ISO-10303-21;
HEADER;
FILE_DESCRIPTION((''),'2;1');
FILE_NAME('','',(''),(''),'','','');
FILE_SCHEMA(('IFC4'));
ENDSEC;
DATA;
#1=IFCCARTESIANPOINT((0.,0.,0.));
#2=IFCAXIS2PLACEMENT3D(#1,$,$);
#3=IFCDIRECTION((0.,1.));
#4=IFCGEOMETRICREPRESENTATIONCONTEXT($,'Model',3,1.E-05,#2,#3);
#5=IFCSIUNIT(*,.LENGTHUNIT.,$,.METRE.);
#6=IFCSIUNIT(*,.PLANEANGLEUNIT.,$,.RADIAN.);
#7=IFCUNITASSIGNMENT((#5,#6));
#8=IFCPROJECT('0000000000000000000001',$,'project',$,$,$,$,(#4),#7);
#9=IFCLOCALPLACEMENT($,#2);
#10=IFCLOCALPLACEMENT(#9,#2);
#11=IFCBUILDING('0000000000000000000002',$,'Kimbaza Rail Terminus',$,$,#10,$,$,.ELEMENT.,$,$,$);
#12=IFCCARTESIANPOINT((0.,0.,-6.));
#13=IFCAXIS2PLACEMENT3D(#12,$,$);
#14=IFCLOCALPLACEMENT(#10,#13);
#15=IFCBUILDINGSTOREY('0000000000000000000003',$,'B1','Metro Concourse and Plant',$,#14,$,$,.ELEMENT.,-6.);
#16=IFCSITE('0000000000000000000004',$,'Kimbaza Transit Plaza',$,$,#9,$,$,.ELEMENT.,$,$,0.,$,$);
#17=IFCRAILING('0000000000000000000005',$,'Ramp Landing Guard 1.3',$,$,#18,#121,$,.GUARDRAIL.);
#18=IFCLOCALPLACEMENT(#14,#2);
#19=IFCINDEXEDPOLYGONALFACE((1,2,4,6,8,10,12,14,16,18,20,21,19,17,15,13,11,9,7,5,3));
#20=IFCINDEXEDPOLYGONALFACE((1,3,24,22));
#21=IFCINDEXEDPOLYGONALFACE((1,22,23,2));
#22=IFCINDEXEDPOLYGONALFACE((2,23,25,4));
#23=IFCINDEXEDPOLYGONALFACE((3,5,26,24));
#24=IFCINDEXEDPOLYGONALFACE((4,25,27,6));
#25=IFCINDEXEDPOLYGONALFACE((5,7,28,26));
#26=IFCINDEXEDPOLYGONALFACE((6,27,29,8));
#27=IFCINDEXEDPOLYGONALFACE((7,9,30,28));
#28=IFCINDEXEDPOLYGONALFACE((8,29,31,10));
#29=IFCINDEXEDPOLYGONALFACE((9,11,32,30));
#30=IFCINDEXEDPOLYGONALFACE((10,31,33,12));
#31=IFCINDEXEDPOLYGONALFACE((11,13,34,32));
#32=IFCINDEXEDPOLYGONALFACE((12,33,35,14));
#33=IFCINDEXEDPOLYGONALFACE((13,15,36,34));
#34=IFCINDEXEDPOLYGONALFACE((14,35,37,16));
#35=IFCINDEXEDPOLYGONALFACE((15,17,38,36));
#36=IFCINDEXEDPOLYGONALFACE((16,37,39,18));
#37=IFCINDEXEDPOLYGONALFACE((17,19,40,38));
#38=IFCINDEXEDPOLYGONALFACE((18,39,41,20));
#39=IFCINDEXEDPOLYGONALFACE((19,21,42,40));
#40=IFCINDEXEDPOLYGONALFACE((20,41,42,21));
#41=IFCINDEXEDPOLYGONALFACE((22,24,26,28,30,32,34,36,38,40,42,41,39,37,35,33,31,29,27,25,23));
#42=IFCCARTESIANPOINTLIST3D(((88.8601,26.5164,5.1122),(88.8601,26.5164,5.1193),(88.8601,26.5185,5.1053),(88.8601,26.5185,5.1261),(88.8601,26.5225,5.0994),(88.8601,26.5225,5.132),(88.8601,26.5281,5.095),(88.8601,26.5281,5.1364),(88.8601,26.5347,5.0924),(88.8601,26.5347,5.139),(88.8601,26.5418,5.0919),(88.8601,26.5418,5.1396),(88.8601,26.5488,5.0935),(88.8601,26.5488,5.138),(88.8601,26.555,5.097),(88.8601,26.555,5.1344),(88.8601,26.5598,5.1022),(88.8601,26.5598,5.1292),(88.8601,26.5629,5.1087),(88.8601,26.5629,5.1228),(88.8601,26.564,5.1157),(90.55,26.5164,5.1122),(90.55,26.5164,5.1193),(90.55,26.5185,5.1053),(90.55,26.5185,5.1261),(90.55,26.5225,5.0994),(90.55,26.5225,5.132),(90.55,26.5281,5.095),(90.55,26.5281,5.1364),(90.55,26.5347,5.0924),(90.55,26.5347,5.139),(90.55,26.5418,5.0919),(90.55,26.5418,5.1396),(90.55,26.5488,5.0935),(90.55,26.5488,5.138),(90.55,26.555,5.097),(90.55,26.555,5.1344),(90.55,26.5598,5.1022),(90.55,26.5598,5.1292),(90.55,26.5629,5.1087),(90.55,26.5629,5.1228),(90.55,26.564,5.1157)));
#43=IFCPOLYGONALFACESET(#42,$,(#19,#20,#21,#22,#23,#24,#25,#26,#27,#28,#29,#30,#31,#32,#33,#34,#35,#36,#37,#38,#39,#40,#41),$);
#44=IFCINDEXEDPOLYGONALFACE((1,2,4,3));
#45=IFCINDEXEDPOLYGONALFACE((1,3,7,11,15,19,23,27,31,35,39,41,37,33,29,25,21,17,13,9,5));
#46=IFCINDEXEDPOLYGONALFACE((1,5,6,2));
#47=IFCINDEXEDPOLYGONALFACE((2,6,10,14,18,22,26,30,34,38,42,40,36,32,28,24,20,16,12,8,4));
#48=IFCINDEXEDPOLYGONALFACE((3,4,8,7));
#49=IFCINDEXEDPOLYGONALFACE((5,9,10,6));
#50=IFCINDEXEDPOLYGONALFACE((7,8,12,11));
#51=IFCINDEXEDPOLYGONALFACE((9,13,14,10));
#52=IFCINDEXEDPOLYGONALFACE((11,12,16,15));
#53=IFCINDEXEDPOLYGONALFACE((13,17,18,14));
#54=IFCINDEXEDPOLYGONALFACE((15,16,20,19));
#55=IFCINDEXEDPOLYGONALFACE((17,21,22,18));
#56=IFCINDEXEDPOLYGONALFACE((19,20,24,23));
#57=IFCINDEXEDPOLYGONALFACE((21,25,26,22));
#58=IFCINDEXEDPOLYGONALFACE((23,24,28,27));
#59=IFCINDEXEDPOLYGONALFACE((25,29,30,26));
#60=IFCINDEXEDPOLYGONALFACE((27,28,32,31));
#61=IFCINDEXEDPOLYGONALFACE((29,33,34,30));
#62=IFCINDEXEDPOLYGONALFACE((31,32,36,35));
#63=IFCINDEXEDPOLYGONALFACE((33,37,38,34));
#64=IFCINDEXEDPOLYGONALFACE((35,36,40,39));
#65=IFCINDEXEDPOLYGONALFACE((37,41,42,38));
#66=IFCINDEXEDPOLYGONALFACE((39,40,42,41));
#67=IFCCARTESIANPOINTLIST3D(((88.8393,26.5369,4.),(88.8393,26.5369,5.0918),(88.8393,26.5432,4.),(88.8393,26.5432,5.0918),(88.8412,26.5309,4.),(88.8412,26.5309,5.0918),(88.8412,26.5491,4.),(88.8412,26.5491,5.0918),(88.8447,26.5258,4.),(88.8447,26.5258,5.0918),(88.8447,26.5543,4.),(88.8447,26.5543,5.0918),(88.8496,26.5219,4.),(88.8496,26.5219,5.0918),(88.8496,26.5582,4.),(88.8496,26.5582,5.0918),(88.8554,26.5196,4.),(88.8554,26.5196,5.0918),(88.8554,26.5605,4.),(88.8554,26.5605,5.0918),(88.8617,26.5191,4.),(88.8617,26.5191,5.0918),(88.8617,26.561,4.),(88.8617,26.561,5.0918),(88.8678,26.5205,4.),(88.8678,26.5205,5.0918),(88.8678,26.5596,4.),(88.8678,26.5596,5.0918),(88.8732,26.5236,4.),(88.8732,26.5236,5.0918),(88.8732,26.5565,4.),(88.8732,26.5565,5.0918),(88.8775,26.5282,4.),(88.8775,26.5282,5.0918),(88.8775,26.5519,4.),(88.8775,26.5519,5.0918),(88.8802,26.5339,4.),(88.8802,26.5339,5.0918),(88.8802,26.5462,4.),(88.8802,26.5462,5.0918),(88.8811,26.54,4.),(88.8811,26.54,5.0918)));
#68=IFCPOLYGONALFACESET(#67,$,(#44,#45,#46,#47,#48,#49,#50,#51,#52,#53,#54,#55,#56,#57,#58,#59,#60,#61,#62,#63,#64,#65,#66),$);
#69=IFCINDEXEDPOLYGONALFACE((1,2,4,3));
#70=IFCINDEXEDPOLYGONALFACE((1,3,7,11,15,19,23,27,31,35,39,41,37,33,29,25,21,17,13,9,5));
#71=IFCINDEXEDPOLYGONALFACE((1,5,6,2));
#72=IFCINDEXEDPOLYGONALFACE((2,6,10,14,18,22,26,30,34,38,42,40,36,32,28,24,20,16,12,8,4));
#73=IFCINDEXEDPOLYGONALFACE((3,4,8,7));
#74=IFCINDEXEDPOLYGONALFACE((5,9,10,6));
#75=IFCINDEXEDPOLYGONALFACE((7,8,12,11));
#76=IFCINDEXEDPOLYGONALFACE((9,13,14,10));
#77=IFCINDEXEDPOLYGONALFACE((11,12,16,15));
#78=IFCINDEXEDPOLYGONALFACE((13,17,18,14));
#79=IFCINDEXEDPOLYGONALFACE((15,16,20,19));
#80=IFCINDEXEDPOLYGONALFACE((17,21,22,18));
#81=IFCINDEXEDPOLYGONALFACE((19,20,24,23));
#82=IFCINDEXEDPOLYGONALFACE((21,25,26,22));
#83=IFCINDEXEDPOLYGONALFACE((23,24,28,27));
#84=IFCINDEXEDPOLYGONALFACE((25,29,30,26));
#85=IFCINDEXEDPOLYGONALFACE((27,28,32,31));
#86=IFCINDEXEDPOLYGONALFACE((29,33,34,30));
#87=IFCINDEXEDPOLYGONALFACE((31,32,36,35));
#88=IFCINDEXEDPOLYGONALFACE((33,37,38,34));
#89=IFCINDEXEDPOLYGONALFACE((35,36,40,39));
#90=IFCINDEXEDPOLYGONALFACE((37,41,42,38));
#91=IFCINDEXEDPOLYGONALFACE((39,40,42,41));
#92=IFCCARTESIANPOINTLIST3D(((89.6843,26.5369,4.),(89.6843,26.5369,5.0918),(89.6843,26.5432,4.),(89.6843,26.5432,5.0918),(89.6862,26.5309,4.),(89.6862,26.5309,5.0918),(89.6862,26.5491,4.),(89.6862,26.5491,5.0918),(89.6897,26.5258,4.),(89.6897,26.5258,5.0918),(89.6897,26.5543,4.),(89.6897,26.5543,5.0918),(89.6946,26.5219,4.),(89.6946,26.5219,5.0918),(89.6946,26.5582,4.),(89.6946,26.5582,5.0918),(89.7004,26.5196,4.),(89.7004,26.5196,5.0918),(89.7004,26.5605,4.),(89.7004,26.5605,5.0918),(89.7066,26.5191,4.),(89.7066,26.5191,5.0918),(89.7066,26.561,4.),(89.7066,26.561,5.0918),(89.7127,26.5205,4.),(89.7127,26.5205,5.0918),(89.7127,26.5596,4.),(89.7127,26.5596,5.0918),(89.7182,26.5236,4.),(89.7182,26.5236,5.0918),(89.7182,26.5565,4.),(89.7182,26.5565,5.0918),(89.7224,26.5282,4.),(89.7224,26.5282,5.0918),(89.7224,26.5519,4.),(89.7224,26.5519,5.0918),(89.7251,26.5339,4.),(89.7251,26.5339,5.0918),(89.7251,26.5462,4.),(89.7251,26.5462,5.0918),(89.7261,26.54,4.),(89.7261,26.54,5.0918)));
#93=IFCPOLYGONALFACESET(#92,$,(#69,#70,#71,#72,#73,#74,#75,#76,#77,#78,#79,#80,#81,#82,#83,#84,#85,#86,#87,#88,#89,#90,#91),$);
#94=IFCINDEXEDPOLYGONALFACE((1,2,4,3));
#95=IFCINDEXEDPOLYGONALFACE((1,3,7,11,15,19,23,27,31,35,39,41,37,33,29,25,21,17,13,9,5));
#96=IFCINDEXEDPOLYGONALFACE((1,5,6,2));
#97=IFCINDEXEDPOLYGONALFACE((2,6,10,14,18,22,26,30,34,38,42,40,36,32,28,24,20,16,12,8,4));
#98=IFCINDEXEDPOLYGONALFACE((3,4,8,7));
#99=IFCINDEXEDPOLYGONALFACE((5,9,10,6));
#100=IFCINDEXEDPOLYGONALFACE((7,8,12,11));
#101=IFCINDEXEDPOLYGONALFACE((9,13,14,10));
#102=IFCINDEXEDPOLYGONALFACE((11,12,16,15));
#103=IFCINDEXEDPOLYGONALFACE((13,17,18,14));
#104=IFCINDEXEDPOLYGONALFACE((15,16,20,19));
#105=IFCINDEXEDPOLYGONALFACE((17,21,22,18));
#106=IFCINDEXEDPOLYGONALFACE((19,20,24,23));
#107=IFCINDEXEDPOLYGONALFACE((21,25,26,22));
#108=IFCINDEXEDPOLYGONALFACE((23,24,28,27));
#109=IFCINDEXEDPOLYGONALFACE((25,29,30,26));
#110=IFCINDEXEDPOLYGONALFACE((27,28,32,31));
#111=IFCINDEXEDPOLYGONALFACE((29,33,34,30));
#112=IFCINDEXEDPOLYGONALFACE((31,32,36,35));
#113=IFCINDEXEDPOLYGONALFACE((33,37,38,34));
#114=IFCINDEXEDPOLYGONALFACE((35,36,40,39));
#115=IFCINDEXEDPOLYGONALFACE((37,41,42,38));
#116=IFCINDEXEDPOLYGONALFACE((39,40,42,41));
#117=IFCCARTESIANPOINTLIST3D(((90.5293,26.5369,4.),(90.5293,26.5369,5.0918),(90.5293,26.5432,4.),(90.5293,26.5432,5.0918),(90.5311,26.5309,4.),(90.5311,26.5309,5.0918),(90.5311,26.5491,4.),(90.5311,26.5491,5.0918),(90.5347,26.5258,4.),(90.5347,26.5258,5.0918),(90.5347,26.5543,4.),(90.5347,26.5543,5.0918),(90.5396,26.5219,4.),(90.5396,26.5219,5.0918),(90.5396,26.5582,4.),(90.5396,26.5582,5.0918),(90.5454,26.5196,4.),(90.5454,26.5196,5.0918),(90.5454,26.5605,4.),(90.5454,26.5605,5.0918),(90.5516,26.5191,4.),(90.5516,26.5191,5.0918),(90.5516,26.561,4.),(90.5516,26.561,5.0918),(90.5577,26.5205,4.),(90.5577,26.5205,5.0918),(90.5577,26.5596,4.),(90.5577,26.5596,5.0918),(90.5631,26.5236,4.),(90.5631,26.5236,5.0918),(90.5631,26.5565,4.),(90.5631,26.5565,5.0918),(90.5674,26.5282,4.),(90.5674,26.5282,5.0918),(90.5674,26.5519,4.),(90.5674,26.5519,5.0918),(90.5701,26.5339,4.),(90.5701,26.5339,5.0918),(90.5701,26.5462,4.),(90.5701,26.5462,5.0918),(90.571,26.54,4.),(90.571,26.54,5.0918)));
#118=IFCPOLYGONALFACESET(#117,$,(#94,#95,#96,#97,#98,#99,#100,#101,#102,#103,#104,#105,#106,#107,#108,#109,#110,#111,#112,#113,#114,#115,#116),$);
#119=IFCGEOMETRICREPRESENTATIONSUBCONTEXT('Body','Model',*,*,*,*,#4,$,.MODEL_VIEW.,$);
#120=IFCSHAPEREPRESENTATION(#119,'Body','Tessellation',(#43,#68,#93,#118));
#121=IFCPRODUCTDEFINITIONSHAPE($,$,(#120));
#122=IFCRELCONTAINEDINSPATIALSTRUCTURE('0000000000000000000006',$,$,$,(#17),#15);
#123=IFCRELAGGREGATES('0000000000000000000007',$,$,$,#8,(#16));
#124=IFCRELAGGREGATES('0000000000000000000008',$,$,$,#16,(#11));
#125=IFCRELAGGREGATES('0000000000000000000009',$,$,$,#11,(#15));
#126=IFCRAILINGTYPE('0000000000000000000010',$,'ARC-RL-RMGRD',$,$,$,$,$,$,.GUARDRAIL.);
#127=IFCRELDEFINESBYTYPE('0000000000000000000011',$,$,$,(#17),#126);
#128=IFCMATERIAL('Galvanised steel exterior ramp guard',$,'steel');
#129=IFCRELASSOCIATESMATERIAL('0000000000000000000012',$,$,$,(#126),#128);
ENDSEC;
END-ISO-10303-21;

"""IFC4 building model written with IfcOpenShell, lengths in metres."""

from ifc_helpers import new_model, si_unit, direction, frame, origin, origin_2d, place, context, subcontext, project, spatial, circle, extrude, material, type_object, element, save


model = new_model("IFC4")

# Units and contexts
model_context = context("Model", 3, precision=1e-05, world=origin(), true_north=direction((0.0, 1.0)))
body_context = subcontext(model_context, "Body", "Model", "MODEL_VIEW")
ifc_project = project(units=[si_unit("LENGTHUNIT", "METRE"), si_unit("PLANEANGLEUNIT", "RADIAN")], contexts=[model_context])

# Site, building, storey
site_placement = place(None, origin())
site = spatial("IfcSite", under=ifc_project, at=site_placement, Name="Kimbaza Transit Plaza", CompositionType="ELEMENT", RefElevation=0.0)
building_placement = place(site_placement, origin())
building = spatial("IfcBuilding", under=site, at=building_placement, Name="Kimbaza Rail Terminus", CompositionType="ELEMENT")
storey_placement = place(building_placement, frame((0.0, 0.0, -6.0)))
storey = spatial("IfcBuildingStorey", under=building, at=storey_placement, Name="B1", Description="Metro Concourse and Plant", CompositionType="ELEMENT", Elevation=-6.0)

# Railing
ifc_material_1 = material(Name="Galvanised steel exterior ramp guard", Category="steel")
railing_type_1 = type_object("IfcRailingType", Name="ARC-RL-RMGRD", PredefinedType="GUARDRAIL", material=ifc_material_1)
railing_1_placement = place(storey_placement, frame((88.8601, 26.54, 4.0)))
element("IfcRailing", 1, at=railing_1_placement, inside=storey, type_object=railing_type_1, Name="Ramp Landing Guard 1.3", PredefinedType="GUARDRAIL", context=body_context, shape_type="SweptSolid", body=[
    extrude(circle(Radius=0.0239, at=origin_2d()), frame((0.0, 0.0, 1.1157), z_axis=(1.0, 0.0, 0.0), x_axis=(0.0, 1.0, 0.0)), (0.0, 0.0, 1.0), 1.6899),
    extrude(circle(Radius=0.021, at=origin_2d()), origin(), (0.0, 0.0, 1.0), 1.0918),
    extrude(circle(Radius=0.021, at=origin_2d()), frame((0.845, 0.0, 0.0)), (0.0, 0.0, 1.0), 1.0918),
    extrude(circle(Radius=0.021, at=origin_2d()), frame((1.6899, 0.0, 0.0)), (0.0, 0.0, 1.0), 1.0918),
])

save(model, "model.ifc")
